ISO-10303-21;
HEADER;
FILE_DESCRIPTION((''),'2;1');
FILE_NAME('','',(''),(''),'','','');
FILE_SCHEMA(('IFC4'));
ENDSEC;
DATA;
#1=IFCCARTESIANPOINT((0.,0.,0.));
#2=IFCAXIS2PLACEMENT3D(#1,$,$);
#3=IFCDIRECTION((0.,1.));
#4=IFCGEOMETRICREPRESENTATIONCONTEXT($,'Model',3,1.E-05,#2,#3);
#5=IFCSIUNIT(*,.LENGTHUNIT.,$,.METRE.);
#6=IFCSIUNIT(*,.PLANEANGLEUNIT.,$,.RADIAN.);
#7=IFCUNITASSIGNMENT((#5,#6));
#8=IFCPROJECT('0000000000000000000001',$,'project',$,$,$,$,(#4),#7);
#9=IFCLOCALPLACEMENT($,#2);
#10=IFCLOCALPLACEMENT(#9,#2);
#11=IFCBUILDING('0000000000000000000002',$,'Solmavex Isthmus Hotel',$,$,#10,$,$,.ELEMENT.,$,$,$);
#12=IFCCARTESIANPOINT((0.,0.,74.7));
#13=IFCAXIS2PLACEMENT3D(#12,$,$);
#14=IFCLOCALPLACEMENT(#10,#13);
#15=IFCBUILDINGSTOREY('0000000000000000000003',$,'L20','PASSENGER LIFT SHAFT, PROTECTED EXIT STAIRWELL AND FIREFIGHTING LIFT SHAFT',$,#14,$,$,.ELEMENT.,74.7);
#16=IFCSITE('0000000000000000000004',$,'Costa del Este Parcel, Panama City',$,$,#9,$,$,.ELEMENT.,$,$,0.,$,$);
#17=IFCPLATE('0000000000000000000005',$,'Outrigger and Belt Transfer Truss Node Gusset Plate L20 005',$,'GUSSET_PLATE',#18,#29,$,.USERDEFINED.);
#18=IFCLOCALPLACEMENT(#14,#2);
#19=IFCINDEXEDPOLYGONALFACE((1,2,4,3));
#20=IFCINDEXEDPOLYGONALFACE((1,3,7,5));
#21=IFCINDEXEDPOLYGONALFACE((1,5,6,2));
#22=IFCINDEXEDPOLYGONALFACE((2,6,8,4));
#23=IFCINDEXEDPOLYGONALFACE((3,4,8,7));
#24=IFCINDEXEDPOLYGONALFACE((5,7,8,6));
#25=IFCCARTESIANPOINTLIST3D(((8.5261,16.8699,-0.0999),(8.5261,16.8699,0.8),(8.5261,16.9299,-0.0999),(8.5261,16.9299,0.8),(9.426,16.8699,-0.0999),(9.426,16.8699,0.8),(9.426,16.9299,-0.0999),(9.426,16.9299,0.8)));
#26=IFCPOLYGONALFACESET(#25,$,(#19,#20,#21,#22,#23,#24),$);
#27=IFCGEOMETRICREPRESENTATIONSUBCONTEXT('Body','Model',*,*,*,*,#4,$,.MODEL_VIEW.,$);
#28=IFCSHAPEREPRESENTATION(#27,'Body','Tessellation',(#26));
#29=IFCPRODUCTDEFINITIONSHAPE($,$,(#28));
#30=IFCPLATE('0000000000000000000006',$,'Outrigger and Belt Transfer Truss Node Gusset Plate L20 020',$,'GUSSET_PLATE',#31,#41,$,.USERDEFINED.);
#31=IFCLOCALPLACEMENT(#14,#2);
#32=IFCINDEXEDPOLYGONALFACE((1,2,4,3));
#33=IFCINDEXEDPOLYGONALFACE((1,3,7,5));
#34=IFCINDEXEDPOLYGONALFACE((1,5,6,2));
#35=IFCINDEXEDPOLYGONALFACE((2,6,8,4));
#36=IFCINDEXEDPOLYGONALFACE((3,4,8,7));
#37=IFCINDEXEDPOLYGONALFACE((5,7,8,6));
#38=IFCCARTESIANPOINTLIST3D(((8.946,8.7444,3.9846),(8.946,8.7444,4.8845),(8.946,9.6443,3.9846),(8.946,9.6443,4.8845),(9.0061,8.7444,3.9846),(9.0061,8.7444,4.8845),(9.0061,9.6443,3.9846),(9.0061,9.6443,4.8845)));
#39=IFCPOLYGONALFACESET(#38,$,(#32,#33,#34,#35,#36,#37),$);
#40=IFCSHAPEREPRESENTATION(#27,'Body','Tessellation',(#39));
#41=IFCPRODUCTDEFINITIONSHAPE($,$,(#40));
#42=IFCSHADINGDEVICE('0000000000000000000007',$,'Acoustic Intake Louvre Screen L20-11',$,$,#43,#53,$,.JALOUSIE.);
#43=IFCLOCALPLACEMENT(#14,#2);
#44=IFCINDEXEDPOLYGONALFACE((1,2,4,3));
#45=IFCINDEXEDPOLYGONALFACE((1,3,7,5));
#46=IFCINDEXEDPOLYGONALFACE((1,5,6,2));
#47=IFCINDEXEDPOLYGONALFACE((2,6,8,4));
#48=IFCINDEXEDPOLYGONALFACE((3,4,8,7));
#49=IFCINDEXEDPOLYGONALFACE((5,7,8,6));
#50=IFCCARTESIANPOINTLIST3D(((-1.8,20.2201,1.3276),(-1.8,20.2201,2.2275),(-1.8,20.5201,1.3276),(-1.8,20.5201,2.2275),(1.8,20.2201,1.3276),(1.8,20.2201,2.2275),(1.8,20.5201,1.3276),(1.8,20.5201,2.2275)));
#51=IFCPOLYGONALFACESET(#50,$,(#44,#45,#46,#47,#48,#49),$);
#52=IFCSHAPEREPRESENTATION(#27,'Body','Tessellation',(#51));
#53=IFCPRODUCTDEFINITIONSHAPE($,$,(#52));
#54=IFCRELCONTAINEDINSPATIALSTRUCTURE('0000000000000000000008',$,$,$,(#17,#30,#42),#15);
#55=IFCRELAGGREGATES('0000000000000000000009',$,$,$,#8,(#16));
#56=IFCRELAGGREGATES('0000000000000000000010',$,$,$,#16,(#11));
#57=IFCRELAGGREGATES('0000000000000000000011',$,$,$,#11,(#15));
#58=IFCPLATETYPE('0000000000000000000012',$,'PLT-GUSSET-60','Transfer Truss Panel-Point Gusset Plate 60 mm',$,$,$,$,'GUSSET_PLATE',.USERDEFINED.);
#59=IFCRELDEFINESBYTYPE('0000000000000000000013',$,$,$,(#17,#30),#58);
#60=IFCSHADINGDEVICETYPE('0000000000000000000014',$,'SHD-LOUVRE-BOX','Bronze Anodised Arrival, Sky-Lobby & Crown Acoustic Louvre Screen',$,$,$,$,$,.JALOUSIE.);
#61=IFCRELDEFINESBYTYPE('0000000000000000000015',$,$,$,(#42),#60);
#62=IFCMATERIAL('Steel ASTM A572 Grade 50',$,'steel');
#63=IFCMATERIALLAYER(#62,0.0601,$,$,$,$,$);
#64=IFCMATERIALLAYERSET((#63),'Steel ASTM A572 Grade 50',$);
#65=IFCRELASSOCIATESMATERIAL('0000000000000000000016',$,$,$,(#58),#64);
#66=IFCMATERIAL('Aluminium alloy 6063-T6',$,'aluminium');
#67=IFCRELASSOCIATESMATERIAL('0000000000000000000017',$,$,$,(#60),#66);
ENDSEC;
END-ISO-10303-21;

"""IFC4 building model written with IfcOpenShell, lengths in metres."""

from ifc_helpers import new_model, si_unit, direction, frame, origin, origin_2d, place, context, subcontext, project, spatial, rectangle, extrude, material, layer, layer_set, type_object, element, save


model = new_model("IFC4")

# Units and contexts
model_context = context("Model", 3, precision=1e-05, world=origin(), true_north=direction((0.0, 1.0)))
body_context = subcontext(model_context, "Body", "Model", "MODEL_VIEW")
ifc_project = project(units=[si_unit("LENGTHUNIT", "METRE"), si_unit("PLANEANGLEUNIT", "RADIAN")], contexts=[model_context])

# Site, building, storey
site_placement = place(None, origin())
site = spatial("IfcSite", under=ifc_project, at=site_placement, Name="Costa del Este Parcel, Panama City", CompositionType="ELEMENT", RefElevation=0.0)
building_placement = place(site_placement, origin())
building = spatial("IfcBuilding", under=site, at=building_placement, Name="Solmavex Isthmus Hotel", CompositionType="ELEMENT")
storey_placement = place(building_placement, frame((0.0, 0.0, 74.7)))
storey = spatial("IfcBuildingStorey", under=building, at=storey_placement, Name="L20", Description="PASSENGER LIFT SHAFT, PROTECTED EXIT STAIRWELL AND FIREFIGHTING LIFT SHAFT", CompositionType="ELEMENT", Elevation=74.7)

# Plates
ifc_material_1 = material(Name="Steel ASTM A572 Grade 50", Category="steel")
ifc_layer = layer(ifc_material_1, 0.0601)
ifc_layer_set = layer_set([ifc_layer], Name="Steel ASTM A572 Grade 50")
plate_type = type_object("IfcPlateType", Name="PLT-GUSSET-60", Description="Transfer Truss Panel-Point Gusset Plate 60 mm", ElementType="GUSSET_PLATE", PredefinedType="USERDEFINED", material=ifc_layer_set)
for number, where, z_axis, x_axis, name in (
    (1, (8.9761, 16.8999, -0.0999), (0.0, 0.0, 1.0), (1.0, 0.0, 0.0), "Outrigger and Belt Transfer Truss Node Gusset Plate L20 005"),
    (2, (8.9761, 9.1943, 3.9846), (0.0, 0.0, 1.0), (0.0, 1.0, 0.0), "Outrigger and Belt Transfer Truss Node Gusset Plate L20 020"),
):
    element("IfcPlate", number, at=place(storey_placement, frame(where, z_axis=z_axis, x_axis=x_axis)), inside=storey, type_object=plate_type, Name=name, ObjectType="GUSSET_PLATE", PredefinedType="USERDEFINED", context=body_context, shape_type="SweptSolid", body=[
        extrude(rectangle(XDim=0.8999, YDim=0.0601, at=origin_2d()), origin(), (0.0, 0.0, 1.0), 0.8999),
    ])

# Shading device
ifc_material_2 = material(Name="Aluminium alloy 6063-T6", Category="aluminium")
shading_device_type = type_object("IfcShadingDeviceType", Name="SHD-LOUVRE-BOX", Description="Bronze Anodised Arrival, Sky-Lobby & Crown Acoustic Louvre Screen", PredefinedType="JALOUSIE", material=ifc_material_2)
shading_device_placement = place(storey_placement, frame((0.0, 20.3701, 1.3276), z_axis=(0.0, 0.0, 1.0), x_axis=(1.0, 0.0, 0.0)))
element("IfcShadingDevice", 3, at=shading_device_placement, inside=storey, type_object=shading_device_type, Name="Acoustic Intake Louvre Screen L20-11", PredefinedType="JALOUSIE", context=body_context, shape_type="SweptSolid", body=[
    extrude(rectangle(XDim=3.6001, YDim=0.3, at=origin_2d()), origin(), (0.0, 0.0, 1.0), 0.8999),
])

save(model, "model.ifc")
